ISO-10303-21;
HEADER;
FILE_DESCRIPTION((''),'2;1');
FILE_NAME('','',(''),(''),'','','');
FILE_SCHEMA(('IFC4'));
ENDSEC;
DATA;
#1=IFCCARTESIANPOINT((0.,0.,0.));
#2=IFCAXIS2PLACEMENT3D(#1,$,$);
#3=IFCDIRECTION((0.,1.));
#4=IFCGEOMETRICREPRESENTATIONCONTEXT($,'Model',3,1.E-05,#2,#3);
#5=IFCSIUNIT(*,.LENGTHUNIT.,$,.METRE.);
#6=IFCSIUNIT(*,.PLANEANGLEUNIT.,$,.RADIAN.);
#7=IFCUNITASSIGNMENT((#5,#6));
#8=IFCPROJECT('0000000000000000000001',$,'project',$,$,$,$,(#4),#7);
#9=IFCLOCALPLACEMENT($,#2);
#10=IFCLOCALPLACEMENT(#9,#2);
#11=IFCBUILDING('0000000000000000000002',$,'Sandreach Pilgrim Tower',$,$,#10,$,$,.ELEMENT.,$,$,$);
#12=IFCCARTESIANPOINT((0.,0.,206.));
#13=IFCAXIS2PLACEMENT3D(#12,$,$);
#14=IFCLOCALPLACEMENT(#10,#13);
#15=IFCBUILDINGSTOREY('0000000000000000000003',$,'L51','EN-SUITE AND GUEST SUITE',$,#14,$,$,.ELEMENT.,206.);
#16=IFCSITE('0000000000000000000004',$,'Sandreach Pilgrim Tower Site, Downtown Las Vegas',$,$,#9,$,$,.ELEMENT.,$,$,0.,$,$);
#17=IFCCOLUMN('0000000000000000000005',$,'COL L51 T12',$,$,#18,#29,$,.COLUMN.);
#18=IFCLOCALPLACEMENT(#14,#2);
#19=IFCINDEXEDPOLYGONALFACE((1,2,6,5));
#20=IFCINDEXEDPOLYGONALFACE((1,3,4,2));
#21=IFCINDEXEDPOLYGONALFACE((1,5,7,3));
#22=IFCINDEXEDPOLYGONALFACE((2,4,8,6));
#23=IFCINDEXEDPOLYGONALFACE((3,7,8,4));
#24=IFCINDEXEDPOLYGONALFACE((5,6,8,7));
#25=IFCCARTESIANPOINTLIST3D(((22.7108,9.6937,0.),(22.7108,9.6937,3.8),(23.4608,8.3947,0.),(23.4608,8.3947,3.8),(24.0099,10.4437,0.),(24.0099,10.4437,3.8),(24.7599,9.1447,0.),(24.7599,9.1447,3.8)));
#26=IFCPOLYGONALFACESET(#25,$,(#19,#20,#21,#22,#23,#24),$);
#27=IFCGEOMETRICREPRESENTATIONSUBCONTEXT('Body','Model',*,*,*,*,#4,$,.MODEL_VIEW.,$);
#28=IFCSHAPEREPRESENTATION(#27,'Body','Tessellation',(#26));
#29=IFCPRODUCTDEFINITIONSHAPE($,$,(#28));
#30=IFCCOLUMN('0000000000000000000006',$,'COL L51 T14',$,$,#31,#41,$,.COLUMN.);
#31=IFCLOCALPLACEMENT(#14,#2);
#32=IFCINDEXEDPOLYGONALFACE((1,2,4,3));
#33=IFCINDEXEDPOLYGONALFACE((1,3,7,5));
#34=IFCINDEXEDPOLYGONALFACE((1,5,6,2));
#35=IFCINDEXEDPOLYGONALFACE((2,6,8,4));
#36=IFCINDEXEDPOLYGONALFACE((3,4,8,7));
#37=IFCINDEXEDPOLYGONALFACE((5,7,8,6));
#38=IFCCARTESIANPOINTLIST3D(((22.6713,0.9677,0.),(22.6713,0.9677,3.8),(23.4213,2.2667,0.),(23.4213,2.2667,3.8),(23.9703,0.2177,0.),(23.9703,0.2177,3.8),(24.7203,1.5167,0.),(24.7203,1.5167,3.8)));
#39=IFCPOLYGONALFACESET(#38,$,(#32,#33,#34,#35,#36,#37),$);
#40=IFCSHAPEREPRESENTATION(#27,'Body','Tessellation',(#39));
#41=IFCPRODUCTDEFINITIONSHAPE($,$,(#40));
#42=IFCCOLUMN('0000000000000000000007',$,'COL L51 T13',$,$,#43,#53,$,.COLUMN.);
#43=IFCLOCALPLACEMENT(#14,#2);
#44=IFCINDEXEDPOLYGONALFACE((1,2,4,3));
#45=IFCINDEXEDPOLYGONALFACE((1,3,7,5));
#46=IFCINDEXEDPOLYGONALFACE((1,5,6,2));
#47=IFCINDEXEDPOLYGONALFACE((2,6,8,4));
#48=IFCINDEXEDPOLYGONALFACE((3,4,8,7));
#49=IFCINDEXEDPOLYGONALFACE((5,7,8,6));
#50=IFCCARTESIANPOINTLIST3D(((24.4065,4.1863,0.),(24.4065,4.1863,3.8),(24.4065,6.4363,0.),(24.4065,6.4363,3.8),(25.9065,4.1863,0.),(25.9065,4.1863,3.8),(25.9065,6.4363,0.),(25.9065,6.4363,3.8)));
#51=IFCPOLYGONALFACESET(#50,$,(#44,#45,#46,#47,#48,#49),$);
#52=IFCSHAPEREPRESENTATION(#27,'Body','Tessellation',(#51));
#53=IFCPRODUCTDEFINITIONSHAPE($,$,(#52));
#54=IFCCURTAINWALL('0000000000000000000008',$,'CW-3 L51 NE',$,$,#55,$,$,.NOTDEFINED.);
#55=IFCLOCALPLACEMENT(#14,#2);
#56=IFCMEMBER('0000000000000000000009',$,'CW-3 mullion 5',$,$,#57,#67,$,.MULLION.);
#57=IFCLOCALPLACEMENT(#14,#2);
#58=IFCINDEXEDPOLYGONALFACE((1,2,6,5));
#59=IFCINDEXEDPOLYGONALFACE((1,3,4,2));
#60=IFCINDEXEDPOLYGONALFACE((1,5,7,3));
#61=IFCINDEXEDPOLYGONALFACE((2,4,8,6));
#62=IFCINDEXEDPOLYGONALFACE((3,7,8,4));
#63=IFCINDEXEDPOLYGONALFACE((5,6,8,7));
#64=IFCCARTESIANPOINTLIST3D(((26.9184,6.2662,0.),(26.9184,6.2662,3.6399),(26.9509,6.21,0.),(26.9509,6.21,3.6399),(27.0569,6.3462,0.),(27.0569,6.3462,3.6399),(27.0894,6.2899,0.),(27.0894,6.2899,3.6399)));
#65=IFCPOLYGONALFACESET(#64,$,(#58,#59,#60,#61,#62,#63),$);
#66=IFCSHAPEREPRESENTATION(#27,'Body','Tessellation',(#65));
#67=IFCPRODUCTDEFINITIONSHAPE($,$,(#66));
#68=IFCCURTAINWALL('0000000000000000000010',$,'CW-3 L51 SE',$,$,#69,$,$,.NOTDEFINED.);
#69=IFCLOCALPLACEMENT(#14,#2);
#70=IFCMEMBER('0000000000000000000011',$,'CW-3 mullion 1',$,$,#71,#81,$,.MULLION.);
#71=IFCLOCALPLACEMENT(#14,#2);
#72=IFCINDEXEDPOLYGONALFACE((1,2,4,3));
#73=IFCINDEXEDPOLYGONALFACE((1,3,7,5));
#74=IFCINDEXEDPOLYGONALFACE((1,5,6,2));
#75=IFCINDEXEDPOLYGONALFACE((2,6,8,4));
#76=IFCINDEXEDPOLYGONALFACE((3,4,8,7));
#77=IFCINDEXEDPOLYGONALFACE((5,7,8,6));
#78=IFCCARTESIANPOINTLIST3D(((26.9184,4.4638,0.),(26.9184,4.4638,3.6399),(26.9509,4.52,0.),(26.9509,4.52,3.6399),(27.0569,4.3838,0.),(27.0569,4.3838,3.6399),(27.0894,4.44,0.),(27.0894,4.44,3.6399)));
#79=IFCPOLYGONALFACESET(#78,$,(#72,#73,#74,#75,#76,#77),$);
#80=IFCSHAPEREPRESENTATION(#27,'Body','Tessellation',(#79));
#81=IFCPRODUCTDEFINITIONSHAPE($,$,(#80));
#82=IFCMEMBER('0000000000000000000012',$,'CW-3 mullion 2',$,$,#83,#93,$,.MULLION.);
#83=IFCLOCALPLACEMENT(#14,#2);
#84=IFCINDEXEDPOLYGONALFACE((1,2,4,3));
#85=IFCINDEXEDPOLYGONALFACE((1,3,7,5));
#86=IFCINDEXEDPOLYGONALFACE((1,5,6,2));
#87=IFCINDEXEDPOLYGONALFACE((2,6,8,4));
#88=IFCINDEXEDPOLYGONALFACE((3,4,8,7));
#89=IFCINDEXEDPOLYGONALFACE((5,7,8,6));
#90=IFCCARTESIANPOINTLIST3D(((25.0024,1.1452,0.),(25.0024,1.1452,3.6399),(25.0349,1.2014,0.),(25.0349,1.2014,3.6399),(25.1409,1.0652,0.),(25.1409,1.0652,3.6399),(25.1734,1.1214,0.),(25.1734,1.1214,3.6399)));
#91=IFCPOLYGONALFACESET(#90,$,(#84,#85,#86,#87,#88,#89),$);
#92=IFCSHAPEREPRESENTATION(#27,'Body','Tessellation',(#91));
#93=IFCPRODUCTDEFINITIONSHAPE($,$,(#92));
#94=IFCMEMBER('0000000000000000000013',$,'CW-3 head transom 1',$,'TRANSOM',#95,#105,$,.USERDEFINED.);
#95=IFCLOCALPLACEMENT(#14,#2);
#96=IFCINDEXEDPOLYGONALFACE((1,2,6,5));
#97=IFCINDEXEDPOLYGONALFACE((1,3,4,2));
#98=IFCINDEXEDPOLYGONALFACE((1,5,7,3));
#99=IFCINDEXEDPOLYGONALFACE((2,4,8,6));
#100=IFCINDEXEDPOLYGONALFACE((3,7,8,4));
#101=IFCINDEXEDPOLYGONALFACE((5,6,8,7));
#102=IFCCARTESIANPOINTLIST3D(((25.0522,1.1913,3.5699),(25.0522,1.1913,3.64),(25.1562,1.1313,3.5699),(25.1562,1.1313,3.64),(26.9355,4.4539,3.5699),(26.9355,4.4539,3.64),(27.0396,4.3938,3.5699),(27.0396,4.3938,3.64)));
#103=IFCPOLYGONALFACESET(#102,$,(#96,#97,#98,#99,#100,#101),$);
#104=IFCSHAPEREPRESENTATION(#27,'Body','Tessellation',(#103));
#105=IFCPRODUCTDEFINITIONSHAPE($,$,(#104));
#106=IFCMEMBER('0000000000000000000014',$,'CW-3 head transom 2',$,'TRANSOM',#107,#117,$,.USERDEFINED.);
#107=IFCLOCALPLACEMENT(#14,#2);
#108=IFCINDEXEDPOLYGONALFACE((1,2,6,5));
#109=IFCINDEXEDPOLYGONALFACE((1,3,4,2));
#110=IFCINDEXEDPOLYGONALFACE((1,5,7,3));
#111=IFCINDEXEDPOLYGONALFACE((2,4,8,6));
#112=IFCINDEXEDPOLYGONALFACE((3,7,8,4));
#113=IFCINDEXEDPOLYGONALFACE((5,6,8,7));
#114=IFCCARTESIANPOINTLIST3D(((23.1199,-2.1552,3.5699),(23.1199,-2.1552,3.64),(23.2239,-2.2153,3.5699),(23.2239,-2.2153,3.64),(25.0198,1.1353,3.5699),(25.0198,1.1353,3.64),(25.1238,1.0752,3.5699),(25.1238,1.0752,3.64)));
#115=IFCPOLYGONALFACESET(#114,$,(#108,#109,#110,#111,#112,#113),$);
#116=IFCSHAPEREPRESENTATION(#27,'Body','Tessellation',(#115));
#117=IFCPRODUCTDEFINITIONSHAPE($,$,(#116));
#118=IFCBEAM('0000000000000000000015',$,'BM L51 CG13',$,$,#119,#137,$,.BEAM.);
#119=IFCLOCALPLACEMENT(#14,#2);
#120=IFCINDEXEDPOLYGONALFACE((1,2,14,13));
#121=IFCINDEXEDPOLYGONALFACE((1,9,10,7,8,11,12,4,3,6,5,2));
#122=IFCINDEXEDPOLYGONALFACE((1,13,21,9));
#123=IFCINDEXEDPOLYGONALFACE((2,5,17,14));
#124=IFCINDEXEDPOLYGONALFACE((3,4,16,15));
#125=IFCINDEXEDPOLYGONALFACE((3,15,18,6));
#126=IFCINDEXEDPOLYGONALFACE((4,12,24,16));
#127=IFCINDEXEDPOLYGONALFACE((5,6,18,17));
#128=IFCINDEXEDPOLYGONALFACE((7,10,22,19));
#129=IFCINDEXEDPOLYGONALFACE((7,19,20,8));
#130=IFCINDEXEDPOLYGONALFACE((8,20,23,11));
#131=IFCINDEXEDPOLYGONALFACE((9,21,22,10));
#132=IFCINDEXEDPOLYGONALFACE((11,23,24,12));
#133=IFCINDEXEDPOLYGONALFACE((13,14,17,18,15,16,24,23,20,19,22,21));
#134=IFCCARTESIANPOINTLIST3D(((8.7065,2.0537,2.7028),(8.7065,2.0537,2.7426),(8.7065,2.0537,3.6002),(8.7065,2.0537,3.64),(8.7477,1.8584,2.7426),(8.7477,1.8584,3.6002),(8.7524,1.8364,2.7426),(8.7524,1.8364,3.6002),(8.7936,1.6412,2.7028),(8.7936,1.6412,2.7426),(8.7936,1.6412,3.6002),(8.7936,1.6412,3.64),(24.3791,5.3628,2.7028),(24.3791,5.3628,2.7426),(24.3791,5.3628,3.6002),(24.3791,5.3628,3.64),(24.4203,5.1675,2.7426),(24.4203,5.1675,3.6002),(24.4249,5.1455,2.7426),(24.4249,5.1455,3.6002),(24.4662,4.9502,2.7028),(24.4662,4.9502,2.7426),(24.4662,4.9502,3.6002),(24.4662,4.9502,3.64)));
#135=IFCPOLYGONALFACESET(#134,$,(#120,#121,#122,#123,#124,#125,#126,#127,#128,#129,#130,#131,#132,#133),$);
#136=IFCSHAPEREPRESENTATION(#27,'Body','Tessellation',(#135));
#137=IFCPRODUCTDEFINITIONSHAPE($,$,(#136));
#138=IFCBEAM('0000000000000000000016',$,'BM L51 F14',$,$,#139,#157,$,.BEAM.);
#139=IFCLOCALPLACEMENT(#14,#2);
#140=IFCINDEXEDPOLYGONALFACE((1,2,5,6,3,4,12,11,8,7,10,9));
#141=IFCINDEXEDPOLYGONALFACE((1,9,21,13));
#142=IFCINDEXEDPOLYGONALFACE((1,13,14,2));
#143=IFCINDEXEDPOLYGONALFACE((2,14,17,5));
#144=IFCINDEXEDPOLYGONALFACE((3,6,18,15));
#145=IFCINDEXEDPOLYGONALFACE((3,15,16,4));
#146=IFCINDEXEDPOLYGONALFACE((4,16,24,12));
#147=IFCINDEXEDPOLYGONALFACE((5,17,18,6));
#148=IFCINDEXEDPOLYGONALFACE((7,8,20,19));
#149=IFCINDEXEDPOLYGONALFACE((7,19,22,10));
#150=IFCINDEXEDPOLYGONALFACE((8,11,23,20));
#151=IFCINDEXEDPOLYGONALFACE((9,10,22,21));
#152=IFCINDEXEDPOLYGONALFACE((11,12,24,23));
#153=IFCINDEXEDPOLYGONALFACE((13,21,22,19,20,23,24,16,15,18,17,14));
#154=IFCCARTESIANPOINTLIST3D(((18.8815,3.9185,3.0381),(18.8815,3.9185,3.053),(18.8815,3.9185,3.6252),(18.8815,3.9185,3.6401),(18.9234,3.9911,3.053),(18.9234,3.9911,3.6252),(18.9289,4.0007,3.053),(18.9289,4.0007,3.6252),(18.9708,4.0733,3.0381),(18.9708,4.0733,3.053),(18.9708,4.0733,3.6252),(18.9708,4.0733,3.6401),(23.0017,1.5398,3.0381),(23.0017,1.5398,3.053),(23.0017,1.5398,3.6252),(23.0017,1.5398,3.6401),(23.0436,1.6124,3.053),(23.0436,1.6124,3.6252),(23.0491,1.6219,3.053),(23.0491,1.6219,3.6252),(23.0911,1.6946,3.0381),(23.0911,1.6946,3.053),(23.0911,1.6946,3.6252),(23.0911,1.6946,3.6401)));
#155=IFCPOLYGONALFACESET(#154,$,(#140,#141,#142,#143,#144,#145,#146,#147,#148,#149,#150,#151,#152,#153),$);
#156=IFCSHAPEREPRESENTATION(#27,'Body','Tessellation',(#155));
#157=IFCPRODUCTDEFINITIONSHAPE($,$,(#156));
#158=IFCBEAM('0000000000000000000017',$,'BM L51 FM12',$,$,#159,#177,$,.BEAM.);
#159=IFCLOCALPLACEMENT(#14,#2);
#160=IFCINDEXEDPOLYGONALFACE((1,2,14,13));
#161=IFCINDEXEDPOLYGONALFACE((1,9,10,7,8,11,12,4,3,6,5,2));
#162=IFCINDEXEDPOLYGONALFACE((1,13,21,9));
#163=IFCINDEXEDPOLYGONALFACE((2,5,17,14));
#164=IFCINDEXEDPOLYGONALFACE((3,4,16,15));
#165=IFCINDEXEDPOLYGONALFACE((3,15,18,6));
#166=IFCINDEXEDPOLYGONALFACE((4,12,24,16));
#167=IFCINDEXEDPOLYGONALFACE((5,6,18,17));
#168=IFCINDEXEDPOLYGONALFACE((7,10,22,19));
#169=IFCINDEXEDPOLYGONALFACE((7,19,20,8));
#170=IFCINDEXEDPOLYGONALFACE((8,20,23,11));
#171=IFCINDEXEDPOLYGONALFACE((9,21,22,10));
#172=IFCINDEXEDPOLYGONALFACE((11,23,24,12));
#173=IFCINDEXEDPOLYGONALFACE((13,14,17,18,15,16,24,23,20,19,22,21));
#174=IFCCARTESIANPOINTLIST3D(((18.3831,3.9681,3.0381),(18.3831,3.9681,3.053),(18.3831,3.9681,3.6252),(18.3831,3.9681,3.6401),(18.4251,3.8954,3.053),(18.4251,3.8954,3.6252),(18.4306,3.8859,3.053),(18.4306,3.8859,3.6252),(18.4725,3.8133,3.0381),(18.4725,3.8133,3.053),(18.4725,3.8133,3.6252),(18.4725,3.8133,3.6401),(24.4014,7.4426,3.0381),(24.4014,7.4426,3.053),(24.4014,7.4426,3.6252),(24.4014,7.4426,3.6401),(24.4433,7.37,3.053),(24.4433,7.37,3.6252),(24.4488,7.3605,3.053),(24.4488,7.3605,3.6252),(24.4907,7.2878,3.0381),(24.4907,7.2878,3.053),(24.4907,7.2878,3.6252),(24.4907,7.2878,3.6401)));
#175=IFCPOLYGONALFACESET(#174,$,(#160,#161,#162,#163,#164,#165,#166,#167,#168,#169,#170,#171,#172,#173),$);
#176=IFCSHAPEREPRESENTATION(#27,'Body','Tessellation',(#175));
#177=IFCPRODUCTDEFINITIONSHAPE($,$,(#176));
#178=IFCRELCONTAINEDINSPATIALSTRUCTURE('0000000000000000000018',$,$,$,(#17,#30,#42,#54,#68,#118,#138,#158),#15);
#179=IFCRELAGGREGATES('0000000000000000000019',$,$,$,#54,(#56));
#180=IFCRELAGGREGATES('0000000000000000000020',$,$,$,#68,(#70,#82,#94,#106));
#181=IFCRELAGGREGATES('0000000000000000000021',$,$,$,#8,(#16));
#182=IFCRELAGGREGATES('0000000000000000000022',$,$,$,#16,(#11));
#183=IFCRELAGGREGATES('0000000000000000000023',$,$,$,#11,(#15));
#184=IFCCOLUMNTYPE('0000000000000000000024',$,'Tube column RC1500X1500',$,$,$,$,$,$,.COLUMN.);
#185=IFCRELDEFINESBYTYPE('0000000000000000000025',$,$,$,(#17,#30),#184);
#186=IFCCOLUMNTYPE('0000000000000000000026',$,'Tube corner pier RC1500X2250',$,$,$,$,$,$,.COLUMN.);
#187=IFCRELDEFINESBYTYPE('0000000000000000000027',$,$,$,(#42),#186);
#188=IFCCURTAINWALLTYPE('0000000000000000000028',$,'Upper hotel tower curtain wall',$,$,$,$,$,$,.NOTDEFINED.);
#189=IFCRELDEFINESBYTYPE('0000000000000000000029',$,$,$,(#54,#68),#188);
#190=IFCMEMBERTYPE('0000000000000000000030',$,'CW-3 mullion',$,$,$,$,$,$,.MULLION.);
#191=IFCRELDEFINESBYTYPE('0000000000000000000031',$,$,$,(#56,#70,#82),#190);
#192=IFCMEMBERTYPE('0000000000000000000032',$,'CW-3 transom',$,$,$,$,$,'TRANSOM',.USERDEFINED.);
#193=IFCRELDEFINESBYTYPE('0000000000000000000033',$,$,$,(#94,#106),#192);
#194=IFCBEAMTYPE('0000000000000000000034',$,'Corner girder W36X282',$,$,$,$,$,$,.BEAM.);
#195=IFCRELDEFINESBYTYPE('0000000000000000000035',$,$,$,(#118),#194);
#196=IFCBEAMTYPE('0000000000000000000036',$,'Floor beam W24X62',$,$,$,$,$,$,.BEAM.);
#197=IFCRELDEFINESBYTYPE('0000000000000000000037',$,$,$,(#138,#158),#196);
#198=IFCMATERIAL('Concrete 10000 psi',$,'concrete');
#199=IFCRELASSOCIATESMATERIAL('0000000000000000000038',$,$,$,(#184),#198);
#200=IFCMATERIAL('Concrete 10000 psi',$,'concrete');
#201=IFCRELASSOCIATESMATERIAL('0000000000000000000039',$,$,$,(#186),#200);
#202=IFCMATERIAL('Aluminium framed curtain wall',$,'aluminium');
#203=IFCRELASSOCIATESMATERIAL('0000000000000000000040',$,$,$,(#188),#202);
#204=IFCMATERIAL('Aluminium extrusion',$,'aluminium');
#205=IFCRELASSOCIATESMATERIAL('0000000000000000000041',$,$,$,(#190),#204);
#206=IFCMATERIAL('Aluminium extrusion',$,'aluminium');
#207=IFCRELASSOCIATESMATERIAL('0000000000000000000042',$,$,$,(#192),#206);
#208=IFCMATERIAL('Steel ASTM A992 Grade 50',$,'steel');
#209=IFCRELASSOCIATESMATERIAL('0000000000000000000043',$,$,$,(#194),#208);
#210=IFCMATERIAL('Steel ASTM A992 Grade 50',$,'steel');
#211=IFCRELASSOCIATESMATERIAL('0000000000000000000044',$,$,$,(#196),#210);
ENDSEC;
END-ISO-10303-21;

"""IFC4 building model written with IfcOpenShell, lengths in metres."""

from ifc_helpers import new_model, si_unit, direction, frame, origin, origin_2d, place, context, subcontext, project, spatial, rectangle, i_section, extrude, material, material_profile, profile_set, type_object, element, aggregate, save


model = new_model("IFC4")

# Units and contexts
model_context = context("Model", 3, precision=1e-05, world=origin(), true_north=direction((0.0, 1.0)))
body_context = subcontext(model_context, "Body", "Model", "MODEL_VIEW")
ifc_project = project(units=[si_unit("LENGTHUNIT", "METRE"), si_unit("PLANEANGLEUNIT", "RADIAN")], contexts=[model_context])

# Site, building, storey
site_placement = place(None, origin())
site = spatial("IfcSite", under=ifc_project, at=site_placement, Name="Sandreach Pilgrim Tower Site, Downtown Las Vegas", CompositionType="ELEMENT", RefElevation=0.0)
building_placement = place(site_placement, origin())
building = spatial("IfcBuilding", under=site, at=building_placement, Name="Sandreach Pilgrim Tower", CompositionType="ELEMENT")
storey_placement = place(building_placement, frame((0.0, 0.0, 206.0)))
storey = spatial("IfcBuildingStorey", under=building, at=storey_placement, Name="L51", Description="EN-SUITE AND GUEST SUITE", CompositionType="ELEMENT", Elevation=206.0)

# Columns
ifc_material_1 = material(Name="Concrete 10000 psi", Category="concrete")
ifc_material_profile_1 = material_profile(ifc_material_1, rectangle(XDim=1.5, YDim=1.5, at=origin_2d()), Name="RC1500X1500")
ifc_profile_set_1 = profile_set([ifc_material_profile_1], Name="Concrete 10000 psi")
column_type_1 = type_object("IfcColumnType", Name="Tube column RC1500X1500", PredefinedType="COLUMN", material=ifc_profile_set_1)
for number, where, z_axis, x_axis, name in (
    (1, (23.7354, 9.4192, 0.0), (0.0, 0.0, 1.0), (0.866025, 0.5, 0.0), "COL L51 T12"),
    (2, (23.6958, 1.2422, 0.0), (0.0, 0.0, 1.0), (0.866025, -0.5, 0.0), "COL L51 T14"),
):
    element("IfcColumn", number, at=place(storey_placement, frame(where, z_axis=z_axis, x_axis=x_axis)), inside=storey, type_object=column_type_1, Name=name, PredefinedType="COLUMN", context=body_context, shape_type="SweptSolid", body=[
        extrude(rectangle(XDim=1.5, YDim=1.5, at=origin_2d()), origin(), (0.0, 0.0, 1.0), 3.8),
    ])
ifc_material_2 = material(Name="Concrete 10000 psi", Category="concrete")
ifc_material_profile_2 = material_profile(ifc_material_2, rectangle(XDim=1.5, YDim=2.25, at=origin_2d()), Name="RC1500X2250")
ifc_profile_set_2 = profile_set([ifc_material_profile_2], Name="Concrete 10000 psi")
column_type_2 = type_object("IfcColumnType", Name="Tube corner pier RC1500X2250", PredefinedType="COLUMN", material=ifc_profile_set_2)
column_placement = place(storey_placement, frame((25.1565, 5.3113, 0.0), z_axis=(0.0, 0.0, 1.0), x_axis=(1.0, 0.0, 0.0)))
element("IfcColumn", 3, at=column_placement, inside=storey, type_object=column_type_2, Name="COL L51 T13", PredefinedType="COLUMN", context=body_context, shape_type="SweptSolid", body=[
    extrude(rectangle(XDim=1.5, YDim=2.25, at=origin_2d()), origin(), (0.0, 0.0, 1.0), 3.8),
])

# Curtain wall, member
ifc_material_3 = material(Name="Aluminium framed curtain wall", Category="aluminium")
curtain_wall_type = type_object("IfcCurtainWallType", Name="Upper hotel tower curtain wall", PredefinedType="NOTDEFINED", material=ifc_material_3)
curtain_wall_1_placement = place(storey_placement, origin())
curtain_wall_1 = element("IfcCurtainWall", 4, at=curtain_wall_1_placement, inside=storey, type_object=curtain_wall_type, Name="CW-3 L51 NE", PredefinedType="NOTDEFINED")
ifc_material_4 = material(Name="Aluminium extrusion", Category="aluminium")
ifc_material_profile_3 = material_profile(ifc_material_4, rectangle(XDim=0.0649, YDim=0.1599, at=origin_2d()), Name="CW-3M 65X160")
ifc_profile_set_3 = profile_set([ifc_material_profile_3], Name="Aluminium extrusion")
member_type_1 = type_object("IfcMemberType", Name="CW-3 mullion", PredefinedType="MULLION", material=ifc_profile_set_3)
member_1_placement = place(storey_placement, frame((27.0039, 6.2781, 0.0), z_axis=(0.0, 0.0, 1.0), x_axis=(0.5, -0.866025, 0.0)))
member_1 = element("IfcMember", 5, at=member_1_placement, type_object=member_type_1, Name="CW-3 mullion 5", PredefinedType="MULLION", context=body_context, shape_type="SweptSolid", body=[
    extrude(rectangle(XDim=0.0649, YDim=0.1599, at=origin_2d()), origin(), (0.0, 0.0, 1.0), 3.6399),
])

# Curtain wall, members
curtain_wall_2_placement = place(storey_placement, origin())
curtain_wall_2 = element("IfcCurtainWall", 6, at=curtain_wall_2_placement, inside=storey, type_object=curtain_wall_type, Name="CW-3 L51 SE", PredefinedType="NOTDEFINED")
member_2_placement = place(storey_placement, frame((27.0039, 4.4519, 0.0), z_axis=(0.0, 0.0, 1.0), x_axis=(-0.5, -0.866025, 0.0)))
member_2 = element("IfcMember", 7, at=member_2_placement, type_object=member_type_1, Name="CW-3 mullion 1", PredefinedType="MULLION", context=body_context, shape_type="SweptSolid", body=[
    extrude(rectangle(XDim=0.0649, YDim=0.1599, at=origin_2d()), origin(), (0.0, 0.0, 1.0), 3.6399),
])
member_3_placement = place(storey_placement, frame((25.0879, 1.1333, 0.0), z_axis=(0.0, 0.0, 1.0), x_axis=(-0.5, -0.866025, 0.0)))
member_3 = element("IfcMember", 8, at=member_3_placement, type_object=member_type_1, Name="CW-3 mullion 2", PredefinedType="MULLION", context=body_context, shape_type="SweptSolid", body=[
    extrude(rectangle(XDim=0.0649, YDim=0.1599, at=origin_2d()), origin(), (0.0, 0.0, 1.0), 3.6399),
])
ifc_material_5 = material(Name="Aluminium extrusion", Category="aluminium")
ifc_material_profile_4 = material_profile(ifc_material_5, rectangle(XDim=0.1201, YDim=0.0701, at=origin_2d()), Name="CW-3T 120X70")
ifc_profile_set_4 = profile_set([ifc_material_profile_4], Name="Aluminium extrusion")
member_type_2 = type_object("IfcMemberType", Name="CW-3 transom", ElementType="TRANSOM", PredefinedType="USERDEFINED", material=ifc_profile_set_4)
member_4_placement = place(storey_placement, frame((26.9875, 4.4238, 3.605), z_axis=(-0.499945, -0.866057, 0.0), x_axis=(0.866057, -0.499945, 0.0)))
member_4 = element("IfcMember", 9, at=member_4_placement, type_object=member_type_2, Name="CW-3 head transom 1", ObjectType="TRANSOM", PredefinedType="USERDEFINED", context=body_context, shape_type="SweptSolid", body=[
    extrude(rectangle(XDim=0.1201, YDim=0.0701, at=origin_2d()), origin(), (0.0, 0.0, 1.0), 3.7671),
])
member_5_placement = place(storey_placement, frame((25.0718, 1.1052, 3.605), z_axis=(-0.500023, -0.866012, 0.0), x_axis=(0.866012, -0.500023, 0.0)))
member_5 = element("IfcMember", 10, at=member_5_placement, type_object=member_type_2, Name="CW-3 head transom 2", ObjectType="TRANSOM", PredefinedType="USERDEFINED", context=body_context, shape_type="SweptSolid", body=[
    extrude(rectangle(XDim=0.1201, YDim=0.0701, at=origin_2d()), origin(), (0.0, 0.0, 1.0), 3.7996),
])

# Beams
ifc_material_6 = material(Name="Steel ASTM A992 Grade 50", Category="steel")
ifc_material_profile_5 = material_profile(ifc_material_6, i_section(OverallWidth=0.4216, OverallDepth=0.9373, WebThickness=0.0225, FlangeThickness=0.0398, at=origin_2d()), Name="W36X282")
ifc_profile_set_5 = profile_set([ifc_material_profile_5], Name="Steel ASTM A992 Grade 50")
beam_type_1 = type_object("IfcBeamType", Name="Corner girder W36X282", PredefinedType="BEAM", material=ifc_profile_set_5)
beam_1_placement = place(storey_placement, frame((24.4226, 5.1565, 3.1714), z_axis=(-0.978429, -0.206583, 0.0), x_axis=(0.206583, -0.978429, 0.0)))
element("IfcBeam", 11, at=beam_1_placement, inside=storey, type_object=beam_type_1, Name="BM L51 CG13", PredefinedType="BEAM", context=body_context, shape_type="SweptSolid", body=[
    extrude(i_section(OverallWidth=0.4216, OverallDepth=0.9373, WebThickness=0.0225, FlangeThickness=0.0398, at=origin_2d()), origin(), (0.0, 0.0, 1.0), 16.0181),
])
ifc_material_7 = material(Name="Steel ASTM A992 Grade 50", Category="steel")
ifc_material_profile_6 = material_profile(ifc_material_7, i_section(OverallWidth=0.1787, OverallDepth=0.6021, WebThickness=0.011, FlangeThickness=0.0149, at=origin_2d()), Name="W24X62")
ifc_profile_set_6 = profile_set([ifc_material_profile_6], Name="Steel ASTM A992 Grade 50")
beam_type_2 = type_object("IfcBeamType", Name="Floor beam W24X62", PredefinedType="BEAM", material=ifc_profile_set_6)
beam_2_placement = place(storey_placement, frame((23.0464, 1.6172, 3.3391), z_axis=(-0.866033, 0.499986, 0.0), x_axis=(-0.499986, -0.866033, 0.0)))
element("IfcBeam", 12, at=beam_2_placement, inside=storey, type_object=beam_type_2, Name="BM L51 F14", PredefinedType="BEAM", context=body_context, shape_type="SweptSolid", body=[
    extrude(i_section(OverallWidth=0.1787, OverallDepth=0.6021, WebThickness=0.011, FlangeThickness=0.0149, at=origin_2d()), origin(), (0.0, 0.0, 1.0), 4.7576),
])
beam_3_placement = place(storey_placement, frame((24.446, 7.3652, 3.3391), z_axis=(-0.866029, -0.499993, 0.0), x_axis=(0.499993, -0.866029, 0.0)))
element("IfcBeam", 13, at=beam_3_placement, inside=storey, type_object=beam_type_2, Name="BM L51 FM12", PredefinedType="BEAM", context=body_context, shape_type="SweptSolid", body=[
    extrude(i_section(OverallWidth=0.1787, OverallDepth=0.6021, WebThickness=0.011, FlangeThickness=0.0149, at=origin_2d()), origin(), (0.0, 0.0, 1.0), 6.9492),
])

aggregate(curtain_wall_1, [member_1])
aggregate(curtain_wall_2, [member_2, member_3, member_4, member_5])

save(model, "model.ifc")
